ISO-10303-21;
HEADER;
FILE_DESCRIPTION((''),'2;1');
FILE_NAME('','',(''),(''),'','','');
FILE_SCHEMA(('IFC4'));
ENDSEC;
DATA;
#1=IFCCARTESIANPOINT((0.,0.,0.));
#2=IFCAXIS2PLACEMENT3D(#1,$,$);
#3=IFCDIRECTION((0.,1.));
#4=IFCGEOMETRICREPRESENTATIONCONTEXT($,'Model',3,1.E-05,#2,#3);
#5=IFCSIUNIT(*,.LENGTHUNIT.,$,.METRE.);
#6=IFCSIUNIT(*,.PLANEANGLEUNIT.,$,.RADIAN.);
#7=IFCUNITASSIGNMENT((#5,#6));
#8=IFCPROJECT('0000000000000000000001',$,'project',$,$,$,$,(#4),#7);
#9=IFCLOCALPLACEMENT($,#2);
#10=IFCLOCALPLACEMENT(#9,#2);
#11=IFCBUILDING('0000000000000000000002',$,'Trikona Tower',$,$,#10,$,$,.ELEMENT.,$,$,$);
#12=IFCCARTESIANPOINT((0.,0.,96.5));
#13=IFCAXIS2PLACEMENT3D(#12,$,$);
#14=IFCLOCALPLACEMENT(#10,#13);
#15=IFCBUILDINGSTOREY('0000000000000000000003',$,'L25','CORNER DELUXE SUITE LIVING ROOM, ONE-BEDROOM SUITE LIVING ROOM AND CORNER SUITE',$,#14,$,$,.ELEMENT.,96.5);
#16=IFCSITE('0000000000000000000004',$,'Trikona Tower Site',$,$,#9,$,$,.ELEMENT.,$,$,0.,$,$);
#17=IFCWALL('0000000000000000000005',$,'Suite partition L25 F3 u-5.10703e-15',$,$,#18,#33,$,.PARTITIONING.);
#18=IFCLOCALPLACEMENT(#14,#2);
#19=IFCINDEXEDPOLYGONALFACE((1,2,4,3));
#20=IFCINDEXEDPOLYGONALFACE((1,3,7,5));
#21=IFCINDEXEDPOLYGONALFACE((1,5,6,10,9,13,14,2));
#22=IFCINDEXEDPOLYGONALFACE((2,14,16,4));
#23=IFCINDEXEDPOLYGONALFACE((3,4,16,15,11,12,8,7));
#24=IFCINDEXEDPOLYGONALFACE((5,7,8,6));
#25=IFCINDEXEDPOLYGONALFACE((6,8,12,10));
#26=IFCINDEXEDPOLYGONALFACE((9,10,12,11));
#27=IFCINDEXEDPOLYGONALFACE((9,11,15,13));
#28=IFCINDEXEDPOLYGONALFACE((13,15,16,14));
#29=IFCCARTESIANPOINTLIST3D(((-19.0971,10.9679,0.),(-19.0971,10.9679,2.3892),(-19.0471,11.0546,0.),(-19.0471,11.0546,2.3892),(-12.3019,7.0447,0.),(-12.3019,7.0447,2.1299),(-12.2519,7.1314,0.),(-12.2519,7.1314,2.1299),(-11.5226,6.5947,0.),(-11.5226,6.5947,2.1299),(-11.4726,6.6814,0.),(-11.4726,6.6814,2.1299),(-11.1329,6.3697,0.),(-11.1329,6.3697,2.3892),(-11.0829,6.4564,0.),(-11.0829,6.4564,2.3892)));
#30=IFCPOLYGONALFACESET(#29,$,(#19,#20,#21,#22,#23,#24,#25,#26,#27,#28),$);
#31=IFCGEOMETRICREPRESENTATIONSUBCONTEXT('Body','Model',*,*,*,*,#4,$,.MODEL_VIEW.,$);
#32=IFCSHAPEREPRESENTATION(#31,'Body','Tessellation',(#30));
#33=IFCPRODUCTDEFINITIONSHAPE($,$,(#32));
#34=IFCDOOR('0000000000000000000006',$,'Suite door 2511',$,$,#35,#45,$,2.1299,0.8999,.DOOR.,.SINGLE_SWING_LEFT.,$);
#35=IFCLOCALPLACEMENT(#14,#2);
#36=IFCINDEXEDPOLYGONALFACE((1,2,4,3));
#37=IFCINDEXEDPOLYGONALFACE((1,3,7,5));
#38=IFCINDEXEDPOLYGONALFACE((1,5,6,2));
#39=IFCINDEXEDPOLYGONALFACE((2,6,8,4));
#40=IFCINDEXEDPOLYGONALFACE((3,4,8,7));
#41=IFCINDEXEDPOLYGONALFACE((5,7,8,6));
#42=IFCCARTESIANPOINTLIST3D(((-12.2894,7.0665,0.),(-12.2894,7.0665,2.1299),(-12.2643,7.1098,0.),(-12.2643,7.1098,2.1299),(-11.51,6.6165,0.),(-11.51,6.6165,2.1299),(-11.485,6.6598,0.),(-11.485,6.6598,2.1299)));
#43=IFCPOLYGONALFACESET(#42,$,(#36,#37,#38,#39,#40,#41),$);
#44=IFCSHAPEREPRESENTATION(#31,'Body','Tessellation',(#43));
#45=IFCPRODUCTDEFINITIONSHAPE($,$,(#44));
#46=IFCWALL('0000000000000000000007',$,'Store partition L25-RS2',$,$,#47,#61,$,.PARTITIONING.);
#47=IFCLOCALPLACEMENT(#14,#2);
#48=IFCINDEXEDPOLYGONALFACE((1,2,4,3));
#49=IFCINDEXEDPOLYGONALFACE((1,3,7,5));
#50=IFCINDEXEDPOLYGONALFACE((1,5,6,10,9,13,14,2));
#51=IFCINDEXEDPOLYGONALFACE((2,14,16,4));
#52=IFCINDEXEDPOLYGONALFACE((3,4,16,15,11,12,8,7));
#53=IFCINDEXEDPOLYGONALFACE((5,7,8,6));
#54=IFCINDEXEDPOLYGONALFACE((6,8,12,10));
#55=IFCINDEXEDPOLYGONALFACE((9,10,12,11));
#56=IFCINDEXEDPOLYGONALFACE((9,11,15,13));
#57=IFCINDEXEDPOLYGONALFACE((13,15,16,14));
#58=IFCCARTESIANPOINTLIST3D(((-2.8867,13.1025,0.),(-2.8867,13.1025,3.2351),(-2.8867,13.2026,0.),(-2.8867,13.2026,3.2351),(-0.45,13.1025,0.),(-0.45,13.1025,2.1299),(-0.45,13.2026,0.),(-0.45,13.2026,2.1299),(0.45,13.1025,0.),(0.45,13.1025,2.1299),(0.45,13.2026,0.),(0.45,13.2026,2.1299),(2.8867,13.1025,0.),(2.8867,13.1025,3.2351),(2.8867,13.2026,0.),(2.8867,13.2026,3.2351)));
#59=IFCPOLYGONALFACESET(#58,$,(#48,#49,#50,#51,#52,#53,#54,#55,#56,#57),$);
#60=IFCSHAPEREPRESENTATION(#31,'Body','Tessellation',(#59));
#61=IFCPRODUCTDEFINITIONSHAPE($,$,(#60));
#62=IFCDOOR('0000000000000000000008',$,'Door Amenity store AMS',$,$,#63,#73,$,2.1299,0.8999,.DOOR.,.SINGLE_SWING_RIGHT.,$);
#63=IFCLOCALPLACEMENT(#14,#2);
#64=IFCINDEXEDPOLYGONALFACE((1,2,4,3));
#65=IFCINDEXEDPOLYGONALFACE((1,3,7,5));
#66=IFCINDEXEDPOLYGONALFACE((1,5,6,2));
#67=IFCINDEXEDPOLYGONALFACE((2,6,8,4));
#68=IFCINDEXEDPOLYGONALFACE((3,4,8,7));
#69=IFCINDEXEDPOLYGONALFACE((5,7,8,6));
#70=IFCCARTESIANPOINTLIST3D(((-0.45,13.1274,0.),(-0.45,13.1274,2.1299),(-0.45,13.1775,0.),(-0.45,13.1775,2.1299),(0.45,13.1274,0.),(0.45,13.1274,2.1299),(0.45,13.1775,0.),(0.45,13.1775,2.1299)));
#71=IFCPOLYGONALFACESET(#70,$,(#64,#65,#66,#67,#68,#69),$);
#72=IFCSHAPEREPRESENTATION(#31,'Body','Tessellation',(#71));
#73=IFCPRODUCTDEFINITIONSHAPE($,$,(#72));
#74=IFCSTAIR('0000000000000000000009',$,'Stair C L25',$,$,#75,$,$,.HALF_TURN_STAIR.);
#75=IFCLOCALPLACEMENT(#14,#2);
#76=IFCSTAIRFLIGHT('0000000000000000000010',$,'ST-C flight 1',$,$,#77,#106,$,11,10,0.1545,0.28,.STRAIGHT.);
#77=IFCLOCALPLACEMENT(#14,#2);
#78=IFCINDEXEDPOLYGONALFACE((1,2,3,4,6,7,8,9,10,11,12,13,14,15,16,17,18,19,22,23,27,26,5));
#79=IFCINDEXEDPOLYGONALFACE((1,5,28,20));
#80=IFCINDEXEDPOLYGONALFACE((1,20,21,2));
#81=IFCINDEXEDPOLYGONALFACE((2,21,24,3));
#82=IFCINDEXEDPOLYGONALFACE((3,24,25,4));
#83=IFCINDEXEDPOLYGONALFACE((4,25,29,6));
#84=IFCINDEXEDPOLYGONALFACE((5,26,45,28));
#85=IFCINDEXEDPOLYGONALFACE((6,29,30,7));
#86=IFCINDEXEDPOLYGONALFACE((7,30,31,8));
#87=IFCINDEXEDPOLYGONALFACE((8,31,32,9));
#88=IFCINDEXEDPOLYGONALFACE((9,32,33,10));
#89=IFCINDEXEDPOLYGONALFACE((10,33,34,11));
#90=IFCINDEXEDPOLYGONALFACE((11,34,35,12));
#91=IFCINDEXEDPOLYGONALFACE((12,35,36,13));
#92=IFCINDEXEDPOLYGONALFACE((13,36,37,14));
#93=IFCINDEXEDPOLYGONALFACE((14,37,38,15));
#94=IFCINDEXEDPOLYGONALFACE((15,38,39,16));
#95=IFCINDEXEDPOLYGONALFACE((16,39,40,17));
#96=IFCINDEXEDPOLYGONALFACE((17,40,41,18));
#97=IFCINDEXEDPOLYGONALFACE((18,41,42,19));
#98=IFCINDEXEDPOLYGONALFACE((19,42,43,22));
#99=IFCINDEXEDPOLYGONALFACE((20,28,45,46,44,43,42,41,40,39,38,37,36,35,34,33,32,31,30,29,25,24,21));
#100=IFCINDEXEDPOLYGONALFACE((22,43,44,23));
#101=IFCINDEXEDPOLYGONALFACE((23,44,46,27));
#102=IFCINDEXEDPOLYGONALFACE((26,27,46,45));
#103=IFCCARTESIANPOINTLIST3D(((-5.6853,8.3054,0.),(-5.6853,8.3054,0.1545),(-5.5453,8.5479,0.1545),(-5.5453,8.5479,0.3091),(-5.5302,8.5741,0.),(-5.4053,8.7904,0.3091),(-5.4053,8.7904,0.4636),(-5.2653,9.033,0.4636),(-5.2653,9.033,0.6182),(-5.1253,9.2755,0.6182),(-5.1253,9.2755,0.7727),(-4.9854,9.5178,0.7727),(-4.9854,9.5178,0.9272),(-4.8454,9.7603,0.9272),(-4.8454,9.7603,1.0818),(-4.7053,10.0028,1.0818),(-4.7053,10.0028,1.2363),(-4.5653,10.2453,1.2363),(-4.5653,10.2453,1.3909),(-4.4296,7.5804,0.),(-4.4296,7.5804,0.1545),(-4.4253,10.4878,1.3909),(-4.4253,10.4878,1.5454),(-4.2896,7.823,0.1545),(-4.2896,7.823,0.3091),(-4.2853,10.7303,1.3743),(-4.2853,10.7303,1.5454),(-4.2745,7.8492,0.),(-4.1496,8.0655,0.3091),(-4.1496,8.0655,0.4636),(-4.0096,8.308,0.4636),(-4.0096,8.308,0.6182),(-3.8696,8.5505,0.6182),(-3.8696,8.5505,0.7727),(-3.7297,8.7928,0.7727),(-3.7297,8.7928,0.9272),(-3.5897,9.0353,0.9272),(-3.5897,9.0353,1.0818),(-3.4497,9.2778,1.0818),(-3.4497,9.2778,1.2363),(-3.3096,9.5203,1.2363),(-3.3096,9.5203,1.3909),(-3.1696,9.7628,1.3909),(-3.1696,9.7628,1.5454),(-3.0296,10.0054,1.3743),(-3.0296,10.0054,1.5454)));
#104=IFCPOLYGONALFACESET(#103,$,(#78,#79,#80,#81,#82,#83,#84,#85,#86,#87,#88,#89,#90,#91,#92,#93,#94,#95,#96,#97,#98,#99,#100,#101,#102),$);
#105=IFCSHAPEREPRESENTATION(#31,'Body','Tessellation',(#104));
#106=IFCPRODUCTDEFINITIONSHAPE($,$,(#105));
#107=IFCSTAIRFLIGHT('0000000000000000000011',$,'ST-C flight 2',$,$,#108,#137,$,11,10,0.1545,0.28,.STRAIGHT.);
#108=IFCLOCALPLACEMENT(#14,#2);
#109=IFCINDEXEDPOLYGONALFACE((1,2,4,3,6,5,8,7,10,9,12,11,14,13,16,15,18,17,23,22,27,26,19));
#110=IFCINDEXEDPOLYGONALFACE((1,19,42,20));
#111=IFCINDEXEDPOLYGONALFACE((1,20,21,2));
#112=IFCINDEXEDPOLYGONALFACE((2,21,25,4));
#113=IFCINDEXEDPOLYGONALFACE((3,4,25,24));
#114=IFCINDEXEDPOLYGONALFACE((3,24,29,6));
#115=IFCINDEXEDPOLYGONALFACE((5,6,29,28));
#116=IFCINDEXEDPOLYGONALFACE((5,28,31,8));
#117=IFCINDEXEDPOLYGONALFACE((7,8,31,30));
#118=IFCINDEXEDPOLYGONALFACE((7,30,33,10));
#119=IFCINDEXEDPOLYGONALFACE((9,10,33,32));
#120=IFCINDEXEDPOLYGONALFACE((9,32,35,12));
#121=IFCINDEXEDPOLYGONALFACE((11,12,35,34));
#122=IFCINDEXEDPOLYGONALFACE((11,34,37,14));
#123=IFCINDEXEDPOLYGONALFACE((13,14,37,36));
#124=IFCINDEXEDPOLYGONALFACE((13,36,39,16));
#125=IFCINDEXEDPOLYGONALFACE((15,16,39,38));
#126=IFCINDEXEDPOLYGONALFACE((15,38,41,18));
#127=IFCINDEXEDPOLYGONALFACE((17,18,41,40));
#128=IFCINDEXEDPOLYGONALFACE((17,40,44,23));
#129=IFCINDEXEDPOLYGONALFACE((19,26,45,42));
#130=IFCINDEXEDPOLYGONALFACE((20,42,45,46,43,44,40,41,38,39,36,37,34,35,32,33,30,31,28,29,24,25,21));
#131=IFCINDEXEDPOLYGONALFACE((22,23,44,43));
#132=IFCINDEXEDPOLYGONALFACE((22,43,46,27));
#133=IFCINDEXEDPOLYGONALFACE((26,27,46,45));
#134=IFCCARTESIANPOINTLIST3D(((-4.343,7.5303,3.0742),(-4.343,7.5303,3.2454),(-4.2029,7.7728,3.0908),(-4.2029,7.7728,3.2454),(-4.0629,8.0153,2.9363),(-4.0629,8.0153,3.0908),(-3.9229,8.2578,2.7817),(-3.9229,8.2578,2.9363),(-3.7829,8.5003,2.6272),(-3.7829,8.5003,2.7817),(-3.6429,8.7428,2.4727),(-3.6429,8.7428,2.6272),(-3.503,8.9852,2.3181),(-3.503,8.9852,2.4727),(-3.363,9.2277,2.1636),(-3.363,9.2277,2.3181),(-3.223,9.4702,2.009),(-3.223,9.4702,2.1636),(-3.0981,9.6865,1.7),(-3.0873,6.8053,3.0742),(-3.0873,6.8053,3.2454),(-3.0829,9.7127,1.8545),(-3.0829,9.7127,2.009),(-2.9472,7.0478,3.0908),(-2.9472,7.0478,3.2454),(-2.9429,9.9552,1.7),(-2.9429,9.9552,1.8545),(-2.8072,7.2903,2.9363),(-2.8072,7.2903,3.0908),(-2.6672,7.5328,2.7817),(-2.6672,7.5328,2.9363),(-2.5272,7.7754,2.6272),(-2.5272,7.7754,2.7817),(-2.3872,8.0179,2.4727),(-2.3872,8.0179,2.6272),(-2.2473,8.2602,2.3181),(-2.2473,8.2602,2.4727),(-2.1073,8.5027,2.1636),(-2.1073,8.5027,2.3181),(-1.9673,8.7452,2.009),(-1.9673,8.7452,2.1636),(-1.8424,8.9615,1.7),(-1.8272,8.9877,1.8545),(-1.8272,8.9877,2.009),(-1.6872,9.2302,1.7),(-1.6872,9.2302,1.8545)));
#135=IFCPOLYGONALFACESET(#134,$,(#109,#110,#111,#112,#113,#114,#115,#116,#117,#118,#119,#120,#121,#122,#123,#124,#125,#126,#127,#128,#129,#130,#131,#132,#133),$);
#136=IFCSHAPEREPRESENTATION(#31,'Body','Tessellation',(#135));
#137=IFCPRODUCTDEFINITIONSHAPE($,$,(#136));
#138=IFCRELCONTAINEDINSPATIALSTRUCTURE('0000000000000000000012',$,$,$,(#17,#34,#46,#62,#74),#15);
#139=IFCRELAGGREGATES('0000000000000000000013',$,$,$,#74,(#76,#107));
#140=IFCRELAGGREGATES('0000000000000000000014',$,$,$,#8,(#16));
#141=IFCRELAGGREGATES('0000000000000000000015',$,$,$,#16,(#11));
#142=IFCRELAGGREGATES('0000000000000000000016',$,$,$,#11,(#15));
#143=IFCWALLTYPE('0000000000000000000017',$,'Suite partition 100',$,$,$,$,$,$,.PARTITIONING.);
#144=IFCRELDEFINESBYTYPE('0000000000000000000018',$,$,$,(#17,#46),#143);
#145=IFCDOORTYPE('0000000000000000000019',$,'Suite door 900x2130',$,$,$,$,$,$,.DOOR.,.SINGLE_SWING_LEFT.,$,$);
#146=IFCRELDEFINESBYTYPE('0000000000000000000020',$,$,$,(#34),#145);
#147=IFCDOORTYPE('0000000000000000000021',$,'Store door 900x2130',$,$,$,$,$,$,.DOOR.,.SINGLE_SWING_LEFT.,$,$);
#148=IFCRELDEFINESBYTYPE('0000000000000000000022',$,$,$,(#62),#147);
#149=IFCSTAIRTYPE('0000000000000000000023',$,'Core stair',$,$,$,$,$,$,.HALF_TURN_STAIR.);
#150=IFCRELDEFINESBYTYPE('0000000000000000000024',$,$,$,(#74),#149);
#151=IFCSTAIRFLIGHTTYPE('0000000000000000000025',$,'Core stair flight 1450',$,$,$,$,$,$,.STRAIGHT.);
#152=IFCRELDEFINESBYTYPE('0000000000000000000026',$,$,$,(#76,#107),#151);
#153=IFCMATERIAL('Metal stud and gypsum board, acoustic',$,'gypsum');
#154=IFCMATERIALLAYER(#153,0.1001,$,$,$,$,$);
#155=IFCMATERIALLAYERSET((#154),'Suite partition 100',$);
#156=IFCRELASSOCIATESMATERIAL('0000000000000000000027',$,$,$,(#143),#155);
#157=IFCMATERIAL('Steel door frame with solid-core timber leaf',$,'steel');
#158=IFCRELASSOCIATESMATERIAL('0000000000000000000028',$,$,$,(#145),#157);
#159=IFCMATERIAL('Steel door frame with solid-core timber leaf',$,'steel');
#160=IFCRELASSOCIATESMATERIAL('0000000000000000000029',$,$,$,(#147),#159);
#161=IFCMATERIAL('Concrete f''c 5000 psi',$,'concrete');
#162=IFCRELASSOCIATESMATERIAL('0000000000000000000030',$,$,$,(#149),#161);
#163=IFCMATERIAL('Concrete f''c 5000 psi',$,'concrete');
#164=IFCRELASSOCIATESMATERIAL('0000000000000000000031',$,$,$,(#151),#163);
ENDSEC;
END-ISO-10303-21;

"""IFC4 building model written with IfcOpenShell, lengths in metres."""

from ifc_helpers import new_model, si_unit, direction, frame, frame_2d, origin, place, context, subcontext, project, spatial, polyline, rectangle, outline, extrude, material, layer, layer_set, type_object, element, fill, aggregate, save


model = new_model("IFC4")

# Units and contexts
model_context = context("Model", 3, precision=1e-05, world=origin(), true_north=direction((0.0, 1.0)))
body_context = subcontext(model_context, "Body", "Model", "MODEL_VIEW")
ifc_project = project(units=[si_unit("LENGTHUNIT", "METRE"), si_unit("PLANEANGLEUNIT", "RADIAN")], contexts=[model_context])

# Site, building, storey
site_placement = place(None, origin())
site = spatial("IfcSite", under=ifc_project, at=site_placement, Name="Trikona Tower Site", CompositionType="ELEMENT", RefElevation=0.0)
building_placement = place(site_placement, origin())
building = spatial("IfcBuilding", under=site, at=building_placement, Name="Trikona Tower", CompositionType="ELEMENT")
storey_placement = place(building_placement, frame((0.0, 0.0, 96.5)))
storey = spatial("IfcBuildingStorey", under=building, at=storey_placement, Name="L25", Description="CORNER DELUXE SUITE LIVING ROOM, ONE-BEDROOM SUITE LIVING ROOM AND CORNER SUITE", CompositionType="ELEMENT", Elevation=96.5)

# Walls, openings, doors
ifc_material_1 = material(Name="Metal stud and gypsum board, acoustic", Category="gypsum")
ifc_layer_1 = layer(ifc_material_1, 0.1001)
ifc_layer_set_1 = layer_set([ifc_layer_1], Name="Suite partition 100")
wall_type_1 = type_object("IfcWallType", Name="Suite partition 100", PredefinedType="PARTITIONING", material=ifc_layer_set_1)
wall_1_placement = place(storey_placement, frame((-11.1079, 6.4131, 0.0), z_axis=(0.0, 0.0, 1.0), x_axis=(-0.866022, 0.500005, 0.0)))
wall_1 = element("IfcWall", 1, at=wall_1_placement, inside=storey, type_object=wall_type_1, Name="Suite partition L25 F3 u-5.10703e-15", PredefinedType="PARTITIONING", context=body_context, shape_type="SweptSolid", body=[
    extrude(rectangle(XDim=9.1963, YDim=0.1001, at=frame_2d((4.5981, 0.0))), origin(), (0.0, 0.0, 1.0), 2.3892),
])
opening_1_placement = place(wall_1_placement, frame((0.45, 0.0, 0.0)))
opening_1 = element("IfcOpeningElement", 2, at=opening_1_placement, cuts=wall_1, PredefinedType="OPENING", context=body_context, shape_type="SweptSolid", body=[
    extrude(rectangle(XDim=0.8999, YDim=2.1299, at=frame_2d((0.45, 1.0649))), frame((0.0, 0.0601, 0.0), z_axis=(0.0, -1.0, 0.0), x_axis=(1.0, 0.0, 0.0)), (0.0, 0.0, 1.0), 0.1201),
])
ifc_material_2 = material(Name="Steel door frame with solid-core timber leaf", Category="steel")
door_type_1 = type_object("IfcDoorType", Name="Suite door 900x2130", OperationType="SINGLE_SWING_LEFT", PredefinedType="DOOR", material=ifc_material_2)
door_1_placement = place(opening_1_placement, origin())
door_1 = element("IfcDoor", 3, at=door_1_placement, inside=storey, type_object=door_type_1, Name="Suite door 2511", OperationType="SINGLE_SWING_LEFT", OverallHeight=2.1299, OverallWidth=0.8999, PredefinedType="DOOR", context=body_context, shape_type="SweptSolid", body=[
    extrude(rectangle(XDim=0.8999, YDim=2.1299, at=frame_2d((0.45, 1.0649))), frame((0.0, 0.0249, 0.0), z_axis=(0.0, -1.0, 0.0), x_axis=(1.0, 0.0, 0.0)), (0.0, 0.0, 1.0), 0.05),
])
fill(opening_1, door_1)
wall_2_placement = place(storey_placement, frame((-2.8867, 13.1526, 0.0), z_axis=(0.0, 0.0, 1.0), x_axis=(1.0, 0.0, 0.0)))
wall_2 = element("IfcWall", 4, at=wall_2_placement, inside=storey, type_object=wall_type_1, Name="Store partition L25-RS2", PredefinedType="PARTITIONING", context=body_context, shape_type="SweptSolid", body=[
    extrude(rectangle(XDim=5.7734, YDim=0.1001, at=frame_2d((2.8867, 0.0))), origin(), (0.0, 0.0, 1.0), 3.2351),
])
opening_2_placement = place(wall_2_placement, frame((2.4368, 0.0, 0.0)))
opening_2 = element("IfcOpeningElement", 5, at=opening_2_placement, cuts=wall_2, PredefinedType="OPENING", context=body_context, shape_type="SweptSolid", body=[
    extrude(rectangle(XDim=0.8999, YDim=2.1299, at=frame_2d((0.45, 1.0649))), frame((0.0, 0.0601, 0.0), z_axis=(0.0, -1.0, 0.0), x_axis=(1.0, 0.0, 0.0)), (0.0, 0.0, 1.0), 0.1201),
])
ifc_material_3 = material(Name="Steel door frame with solid-core timber leaf", Category="steel")
door_type_2 = type_object("IfcDoorType", Name="Store door 900x2130", OperationType="SINGLE_SWING_LEFT", PredefinedType="DOOR", material=ifc_material_3)
door_2_placement = place(opening_2_placement, origin())
door_2 = element("IfcDoor", 6, at=door_2_placement, inside=storey, type_object=door_type_2, Name="Door Amenity store AMS", OperationType="SINGLE_SWING_RIGHT", OverallHeight=2.1299, OverallWidth=0.8999, PredefinedType="DOOR", context=body_context, shape_type="SweptSolid", body=[
    extrude(rectangle(XDim=0.8999, YDim=2.1299, at=frame_2d((0.45, 1.0649))), frame((0.0, 0.0249, 0.0), z_axis=(0.0, -1.0, 0.0), x_axis=(1.0, 0.0, 0.0)), (0.0, 0.0, 1.0), 0.05),
])
fill(opening_2, door_2)

# Stair, stair flights
ifc_material_4 = material(Name="Concrete f'c 5000 psi", Category="concrete")
stair_type = type_object("IfcStairType", Name="Core stair", PredefinedType="HALF_TURN_STAIR", material=ifc_material_4)
stair_placement = place(storey_placement, origin())
stair = element("IfcStair", 7, at=stair_placement, inside=storey, type_object=stair_type, Name="Stair C L25", PredefinedType="HALF_TURN_STAIR")
ifc_material_5 = material(Name="Concrete f'c 5000 psi", Category="concrete")
stair_flight_type = type_object("IfcStairFlightType", Name="Core stair flight 1450", PredefinedType="STRAIGHT", material=ifc_material_5)
stair_flight_1_placement = place(storey_placement, frame((-5.0574, 7.9429, 0.0), z_axis=(0.0, 0.0, 1.0), x_axis=(0.5, 0.866025, 0.0)))
stair_flight_1 = element("IfcStairFlight", 8, at=stair_flight_1_placement, type_object=stair_flight_type, Name="ST-C flight 1", NumberOfRisers=11, NumberOfTreads=10, PredefinedType="STRAIGHT", RiserHeight=0.1545, TreadLength=0.28, context=body_context, shape_type="SweptSolid", body=[
    extrude(outline(polyline([(0.0, 0.0), (0.0, 0.1545), (0.28, 0.1545), (0.28, 0.3091), (0.5601, 0.3091), (0.5601, 0.4636), (0.8401, 0.4636), (0.8401, 0.6182), (1.1201, 0.6182), (1.1201, 0.7727), (1.3999, 0.7727), (1.3999, 0.9272), (1.6799, 0.9272), (1.6799, 1.0818), (1.96, 1.0818), (1.96, 1.2363), (2.24, 1.2363), (2.24, 1.3909), (2.52, 1.3909), (2.52, 1.5454), (2.8, 1.5454), (2.8, 1.7), (2.8, 1.3743), (0.3103, 0.0), (0.0, 0.0)])), frame((0.0, 0.7251, 0.0), z_axis=(0.0, -1.0, 0.0), x_axis=(1.0, 0.0, 0.0)), (0.0, 0.0, 1.0), 1.45),
])
stair_flight_2_placement = place(storey_placement, frame((-2.3152, 9.5928, 1.7), z_axis=(0.0, 0.0, 1.0), x_axis=(-0.5, -0.866025, 0.0)))
stair_flight_2 = element("IfcStairFlight", 9, at=stair_flight_2_placement, type_object=stair_flight_type, Name="ST-C flight 2", NumberOfRisers=11, NumberOfTreads=10, PredefinedType="STRAIGHT", RiserHeight=0.1545, TreadLength=0.28, context=body_context, shape_type="SweptSolid", body=[
    extrude(outline(polyline([(0.0, 0.0), (0.0, 0.1545), (0.28, 0.1545), (0.28, 0.3091), (0.5601, 0.3091), (0.5601, 0.4636), (0.8401, 0.4636), (0.8401, 0.6182), (1.1201, 0.6182), (1.1201, 0.7727), (1.3999, 0.7727), (1.3999, 0.9272), (1.6799, 0.9272), (1.6799, 1.0818), (1.96, 1.0818), (1.96, 1.2363), (2.24, 1.2363), (2.24, 1.3909), (2.52, 1.3909), (2.52, 1.5454), (2.8, 1.5454), (2.8, 1.7), (2.8, 1.3743), (0.3103, 0.0), (0.0, 0.0)])), frame((0.0, 0.7251, 0.0), z_axis=(0.0, -1.0, 0.0), x_axis=(1.0, 0.0, 0.0)), (0.0, 0.0, 1.0), 1.45),
])
aggregate(stair, [stair_flight_1, stair_flight_2])

save(model, "model.ifc")
